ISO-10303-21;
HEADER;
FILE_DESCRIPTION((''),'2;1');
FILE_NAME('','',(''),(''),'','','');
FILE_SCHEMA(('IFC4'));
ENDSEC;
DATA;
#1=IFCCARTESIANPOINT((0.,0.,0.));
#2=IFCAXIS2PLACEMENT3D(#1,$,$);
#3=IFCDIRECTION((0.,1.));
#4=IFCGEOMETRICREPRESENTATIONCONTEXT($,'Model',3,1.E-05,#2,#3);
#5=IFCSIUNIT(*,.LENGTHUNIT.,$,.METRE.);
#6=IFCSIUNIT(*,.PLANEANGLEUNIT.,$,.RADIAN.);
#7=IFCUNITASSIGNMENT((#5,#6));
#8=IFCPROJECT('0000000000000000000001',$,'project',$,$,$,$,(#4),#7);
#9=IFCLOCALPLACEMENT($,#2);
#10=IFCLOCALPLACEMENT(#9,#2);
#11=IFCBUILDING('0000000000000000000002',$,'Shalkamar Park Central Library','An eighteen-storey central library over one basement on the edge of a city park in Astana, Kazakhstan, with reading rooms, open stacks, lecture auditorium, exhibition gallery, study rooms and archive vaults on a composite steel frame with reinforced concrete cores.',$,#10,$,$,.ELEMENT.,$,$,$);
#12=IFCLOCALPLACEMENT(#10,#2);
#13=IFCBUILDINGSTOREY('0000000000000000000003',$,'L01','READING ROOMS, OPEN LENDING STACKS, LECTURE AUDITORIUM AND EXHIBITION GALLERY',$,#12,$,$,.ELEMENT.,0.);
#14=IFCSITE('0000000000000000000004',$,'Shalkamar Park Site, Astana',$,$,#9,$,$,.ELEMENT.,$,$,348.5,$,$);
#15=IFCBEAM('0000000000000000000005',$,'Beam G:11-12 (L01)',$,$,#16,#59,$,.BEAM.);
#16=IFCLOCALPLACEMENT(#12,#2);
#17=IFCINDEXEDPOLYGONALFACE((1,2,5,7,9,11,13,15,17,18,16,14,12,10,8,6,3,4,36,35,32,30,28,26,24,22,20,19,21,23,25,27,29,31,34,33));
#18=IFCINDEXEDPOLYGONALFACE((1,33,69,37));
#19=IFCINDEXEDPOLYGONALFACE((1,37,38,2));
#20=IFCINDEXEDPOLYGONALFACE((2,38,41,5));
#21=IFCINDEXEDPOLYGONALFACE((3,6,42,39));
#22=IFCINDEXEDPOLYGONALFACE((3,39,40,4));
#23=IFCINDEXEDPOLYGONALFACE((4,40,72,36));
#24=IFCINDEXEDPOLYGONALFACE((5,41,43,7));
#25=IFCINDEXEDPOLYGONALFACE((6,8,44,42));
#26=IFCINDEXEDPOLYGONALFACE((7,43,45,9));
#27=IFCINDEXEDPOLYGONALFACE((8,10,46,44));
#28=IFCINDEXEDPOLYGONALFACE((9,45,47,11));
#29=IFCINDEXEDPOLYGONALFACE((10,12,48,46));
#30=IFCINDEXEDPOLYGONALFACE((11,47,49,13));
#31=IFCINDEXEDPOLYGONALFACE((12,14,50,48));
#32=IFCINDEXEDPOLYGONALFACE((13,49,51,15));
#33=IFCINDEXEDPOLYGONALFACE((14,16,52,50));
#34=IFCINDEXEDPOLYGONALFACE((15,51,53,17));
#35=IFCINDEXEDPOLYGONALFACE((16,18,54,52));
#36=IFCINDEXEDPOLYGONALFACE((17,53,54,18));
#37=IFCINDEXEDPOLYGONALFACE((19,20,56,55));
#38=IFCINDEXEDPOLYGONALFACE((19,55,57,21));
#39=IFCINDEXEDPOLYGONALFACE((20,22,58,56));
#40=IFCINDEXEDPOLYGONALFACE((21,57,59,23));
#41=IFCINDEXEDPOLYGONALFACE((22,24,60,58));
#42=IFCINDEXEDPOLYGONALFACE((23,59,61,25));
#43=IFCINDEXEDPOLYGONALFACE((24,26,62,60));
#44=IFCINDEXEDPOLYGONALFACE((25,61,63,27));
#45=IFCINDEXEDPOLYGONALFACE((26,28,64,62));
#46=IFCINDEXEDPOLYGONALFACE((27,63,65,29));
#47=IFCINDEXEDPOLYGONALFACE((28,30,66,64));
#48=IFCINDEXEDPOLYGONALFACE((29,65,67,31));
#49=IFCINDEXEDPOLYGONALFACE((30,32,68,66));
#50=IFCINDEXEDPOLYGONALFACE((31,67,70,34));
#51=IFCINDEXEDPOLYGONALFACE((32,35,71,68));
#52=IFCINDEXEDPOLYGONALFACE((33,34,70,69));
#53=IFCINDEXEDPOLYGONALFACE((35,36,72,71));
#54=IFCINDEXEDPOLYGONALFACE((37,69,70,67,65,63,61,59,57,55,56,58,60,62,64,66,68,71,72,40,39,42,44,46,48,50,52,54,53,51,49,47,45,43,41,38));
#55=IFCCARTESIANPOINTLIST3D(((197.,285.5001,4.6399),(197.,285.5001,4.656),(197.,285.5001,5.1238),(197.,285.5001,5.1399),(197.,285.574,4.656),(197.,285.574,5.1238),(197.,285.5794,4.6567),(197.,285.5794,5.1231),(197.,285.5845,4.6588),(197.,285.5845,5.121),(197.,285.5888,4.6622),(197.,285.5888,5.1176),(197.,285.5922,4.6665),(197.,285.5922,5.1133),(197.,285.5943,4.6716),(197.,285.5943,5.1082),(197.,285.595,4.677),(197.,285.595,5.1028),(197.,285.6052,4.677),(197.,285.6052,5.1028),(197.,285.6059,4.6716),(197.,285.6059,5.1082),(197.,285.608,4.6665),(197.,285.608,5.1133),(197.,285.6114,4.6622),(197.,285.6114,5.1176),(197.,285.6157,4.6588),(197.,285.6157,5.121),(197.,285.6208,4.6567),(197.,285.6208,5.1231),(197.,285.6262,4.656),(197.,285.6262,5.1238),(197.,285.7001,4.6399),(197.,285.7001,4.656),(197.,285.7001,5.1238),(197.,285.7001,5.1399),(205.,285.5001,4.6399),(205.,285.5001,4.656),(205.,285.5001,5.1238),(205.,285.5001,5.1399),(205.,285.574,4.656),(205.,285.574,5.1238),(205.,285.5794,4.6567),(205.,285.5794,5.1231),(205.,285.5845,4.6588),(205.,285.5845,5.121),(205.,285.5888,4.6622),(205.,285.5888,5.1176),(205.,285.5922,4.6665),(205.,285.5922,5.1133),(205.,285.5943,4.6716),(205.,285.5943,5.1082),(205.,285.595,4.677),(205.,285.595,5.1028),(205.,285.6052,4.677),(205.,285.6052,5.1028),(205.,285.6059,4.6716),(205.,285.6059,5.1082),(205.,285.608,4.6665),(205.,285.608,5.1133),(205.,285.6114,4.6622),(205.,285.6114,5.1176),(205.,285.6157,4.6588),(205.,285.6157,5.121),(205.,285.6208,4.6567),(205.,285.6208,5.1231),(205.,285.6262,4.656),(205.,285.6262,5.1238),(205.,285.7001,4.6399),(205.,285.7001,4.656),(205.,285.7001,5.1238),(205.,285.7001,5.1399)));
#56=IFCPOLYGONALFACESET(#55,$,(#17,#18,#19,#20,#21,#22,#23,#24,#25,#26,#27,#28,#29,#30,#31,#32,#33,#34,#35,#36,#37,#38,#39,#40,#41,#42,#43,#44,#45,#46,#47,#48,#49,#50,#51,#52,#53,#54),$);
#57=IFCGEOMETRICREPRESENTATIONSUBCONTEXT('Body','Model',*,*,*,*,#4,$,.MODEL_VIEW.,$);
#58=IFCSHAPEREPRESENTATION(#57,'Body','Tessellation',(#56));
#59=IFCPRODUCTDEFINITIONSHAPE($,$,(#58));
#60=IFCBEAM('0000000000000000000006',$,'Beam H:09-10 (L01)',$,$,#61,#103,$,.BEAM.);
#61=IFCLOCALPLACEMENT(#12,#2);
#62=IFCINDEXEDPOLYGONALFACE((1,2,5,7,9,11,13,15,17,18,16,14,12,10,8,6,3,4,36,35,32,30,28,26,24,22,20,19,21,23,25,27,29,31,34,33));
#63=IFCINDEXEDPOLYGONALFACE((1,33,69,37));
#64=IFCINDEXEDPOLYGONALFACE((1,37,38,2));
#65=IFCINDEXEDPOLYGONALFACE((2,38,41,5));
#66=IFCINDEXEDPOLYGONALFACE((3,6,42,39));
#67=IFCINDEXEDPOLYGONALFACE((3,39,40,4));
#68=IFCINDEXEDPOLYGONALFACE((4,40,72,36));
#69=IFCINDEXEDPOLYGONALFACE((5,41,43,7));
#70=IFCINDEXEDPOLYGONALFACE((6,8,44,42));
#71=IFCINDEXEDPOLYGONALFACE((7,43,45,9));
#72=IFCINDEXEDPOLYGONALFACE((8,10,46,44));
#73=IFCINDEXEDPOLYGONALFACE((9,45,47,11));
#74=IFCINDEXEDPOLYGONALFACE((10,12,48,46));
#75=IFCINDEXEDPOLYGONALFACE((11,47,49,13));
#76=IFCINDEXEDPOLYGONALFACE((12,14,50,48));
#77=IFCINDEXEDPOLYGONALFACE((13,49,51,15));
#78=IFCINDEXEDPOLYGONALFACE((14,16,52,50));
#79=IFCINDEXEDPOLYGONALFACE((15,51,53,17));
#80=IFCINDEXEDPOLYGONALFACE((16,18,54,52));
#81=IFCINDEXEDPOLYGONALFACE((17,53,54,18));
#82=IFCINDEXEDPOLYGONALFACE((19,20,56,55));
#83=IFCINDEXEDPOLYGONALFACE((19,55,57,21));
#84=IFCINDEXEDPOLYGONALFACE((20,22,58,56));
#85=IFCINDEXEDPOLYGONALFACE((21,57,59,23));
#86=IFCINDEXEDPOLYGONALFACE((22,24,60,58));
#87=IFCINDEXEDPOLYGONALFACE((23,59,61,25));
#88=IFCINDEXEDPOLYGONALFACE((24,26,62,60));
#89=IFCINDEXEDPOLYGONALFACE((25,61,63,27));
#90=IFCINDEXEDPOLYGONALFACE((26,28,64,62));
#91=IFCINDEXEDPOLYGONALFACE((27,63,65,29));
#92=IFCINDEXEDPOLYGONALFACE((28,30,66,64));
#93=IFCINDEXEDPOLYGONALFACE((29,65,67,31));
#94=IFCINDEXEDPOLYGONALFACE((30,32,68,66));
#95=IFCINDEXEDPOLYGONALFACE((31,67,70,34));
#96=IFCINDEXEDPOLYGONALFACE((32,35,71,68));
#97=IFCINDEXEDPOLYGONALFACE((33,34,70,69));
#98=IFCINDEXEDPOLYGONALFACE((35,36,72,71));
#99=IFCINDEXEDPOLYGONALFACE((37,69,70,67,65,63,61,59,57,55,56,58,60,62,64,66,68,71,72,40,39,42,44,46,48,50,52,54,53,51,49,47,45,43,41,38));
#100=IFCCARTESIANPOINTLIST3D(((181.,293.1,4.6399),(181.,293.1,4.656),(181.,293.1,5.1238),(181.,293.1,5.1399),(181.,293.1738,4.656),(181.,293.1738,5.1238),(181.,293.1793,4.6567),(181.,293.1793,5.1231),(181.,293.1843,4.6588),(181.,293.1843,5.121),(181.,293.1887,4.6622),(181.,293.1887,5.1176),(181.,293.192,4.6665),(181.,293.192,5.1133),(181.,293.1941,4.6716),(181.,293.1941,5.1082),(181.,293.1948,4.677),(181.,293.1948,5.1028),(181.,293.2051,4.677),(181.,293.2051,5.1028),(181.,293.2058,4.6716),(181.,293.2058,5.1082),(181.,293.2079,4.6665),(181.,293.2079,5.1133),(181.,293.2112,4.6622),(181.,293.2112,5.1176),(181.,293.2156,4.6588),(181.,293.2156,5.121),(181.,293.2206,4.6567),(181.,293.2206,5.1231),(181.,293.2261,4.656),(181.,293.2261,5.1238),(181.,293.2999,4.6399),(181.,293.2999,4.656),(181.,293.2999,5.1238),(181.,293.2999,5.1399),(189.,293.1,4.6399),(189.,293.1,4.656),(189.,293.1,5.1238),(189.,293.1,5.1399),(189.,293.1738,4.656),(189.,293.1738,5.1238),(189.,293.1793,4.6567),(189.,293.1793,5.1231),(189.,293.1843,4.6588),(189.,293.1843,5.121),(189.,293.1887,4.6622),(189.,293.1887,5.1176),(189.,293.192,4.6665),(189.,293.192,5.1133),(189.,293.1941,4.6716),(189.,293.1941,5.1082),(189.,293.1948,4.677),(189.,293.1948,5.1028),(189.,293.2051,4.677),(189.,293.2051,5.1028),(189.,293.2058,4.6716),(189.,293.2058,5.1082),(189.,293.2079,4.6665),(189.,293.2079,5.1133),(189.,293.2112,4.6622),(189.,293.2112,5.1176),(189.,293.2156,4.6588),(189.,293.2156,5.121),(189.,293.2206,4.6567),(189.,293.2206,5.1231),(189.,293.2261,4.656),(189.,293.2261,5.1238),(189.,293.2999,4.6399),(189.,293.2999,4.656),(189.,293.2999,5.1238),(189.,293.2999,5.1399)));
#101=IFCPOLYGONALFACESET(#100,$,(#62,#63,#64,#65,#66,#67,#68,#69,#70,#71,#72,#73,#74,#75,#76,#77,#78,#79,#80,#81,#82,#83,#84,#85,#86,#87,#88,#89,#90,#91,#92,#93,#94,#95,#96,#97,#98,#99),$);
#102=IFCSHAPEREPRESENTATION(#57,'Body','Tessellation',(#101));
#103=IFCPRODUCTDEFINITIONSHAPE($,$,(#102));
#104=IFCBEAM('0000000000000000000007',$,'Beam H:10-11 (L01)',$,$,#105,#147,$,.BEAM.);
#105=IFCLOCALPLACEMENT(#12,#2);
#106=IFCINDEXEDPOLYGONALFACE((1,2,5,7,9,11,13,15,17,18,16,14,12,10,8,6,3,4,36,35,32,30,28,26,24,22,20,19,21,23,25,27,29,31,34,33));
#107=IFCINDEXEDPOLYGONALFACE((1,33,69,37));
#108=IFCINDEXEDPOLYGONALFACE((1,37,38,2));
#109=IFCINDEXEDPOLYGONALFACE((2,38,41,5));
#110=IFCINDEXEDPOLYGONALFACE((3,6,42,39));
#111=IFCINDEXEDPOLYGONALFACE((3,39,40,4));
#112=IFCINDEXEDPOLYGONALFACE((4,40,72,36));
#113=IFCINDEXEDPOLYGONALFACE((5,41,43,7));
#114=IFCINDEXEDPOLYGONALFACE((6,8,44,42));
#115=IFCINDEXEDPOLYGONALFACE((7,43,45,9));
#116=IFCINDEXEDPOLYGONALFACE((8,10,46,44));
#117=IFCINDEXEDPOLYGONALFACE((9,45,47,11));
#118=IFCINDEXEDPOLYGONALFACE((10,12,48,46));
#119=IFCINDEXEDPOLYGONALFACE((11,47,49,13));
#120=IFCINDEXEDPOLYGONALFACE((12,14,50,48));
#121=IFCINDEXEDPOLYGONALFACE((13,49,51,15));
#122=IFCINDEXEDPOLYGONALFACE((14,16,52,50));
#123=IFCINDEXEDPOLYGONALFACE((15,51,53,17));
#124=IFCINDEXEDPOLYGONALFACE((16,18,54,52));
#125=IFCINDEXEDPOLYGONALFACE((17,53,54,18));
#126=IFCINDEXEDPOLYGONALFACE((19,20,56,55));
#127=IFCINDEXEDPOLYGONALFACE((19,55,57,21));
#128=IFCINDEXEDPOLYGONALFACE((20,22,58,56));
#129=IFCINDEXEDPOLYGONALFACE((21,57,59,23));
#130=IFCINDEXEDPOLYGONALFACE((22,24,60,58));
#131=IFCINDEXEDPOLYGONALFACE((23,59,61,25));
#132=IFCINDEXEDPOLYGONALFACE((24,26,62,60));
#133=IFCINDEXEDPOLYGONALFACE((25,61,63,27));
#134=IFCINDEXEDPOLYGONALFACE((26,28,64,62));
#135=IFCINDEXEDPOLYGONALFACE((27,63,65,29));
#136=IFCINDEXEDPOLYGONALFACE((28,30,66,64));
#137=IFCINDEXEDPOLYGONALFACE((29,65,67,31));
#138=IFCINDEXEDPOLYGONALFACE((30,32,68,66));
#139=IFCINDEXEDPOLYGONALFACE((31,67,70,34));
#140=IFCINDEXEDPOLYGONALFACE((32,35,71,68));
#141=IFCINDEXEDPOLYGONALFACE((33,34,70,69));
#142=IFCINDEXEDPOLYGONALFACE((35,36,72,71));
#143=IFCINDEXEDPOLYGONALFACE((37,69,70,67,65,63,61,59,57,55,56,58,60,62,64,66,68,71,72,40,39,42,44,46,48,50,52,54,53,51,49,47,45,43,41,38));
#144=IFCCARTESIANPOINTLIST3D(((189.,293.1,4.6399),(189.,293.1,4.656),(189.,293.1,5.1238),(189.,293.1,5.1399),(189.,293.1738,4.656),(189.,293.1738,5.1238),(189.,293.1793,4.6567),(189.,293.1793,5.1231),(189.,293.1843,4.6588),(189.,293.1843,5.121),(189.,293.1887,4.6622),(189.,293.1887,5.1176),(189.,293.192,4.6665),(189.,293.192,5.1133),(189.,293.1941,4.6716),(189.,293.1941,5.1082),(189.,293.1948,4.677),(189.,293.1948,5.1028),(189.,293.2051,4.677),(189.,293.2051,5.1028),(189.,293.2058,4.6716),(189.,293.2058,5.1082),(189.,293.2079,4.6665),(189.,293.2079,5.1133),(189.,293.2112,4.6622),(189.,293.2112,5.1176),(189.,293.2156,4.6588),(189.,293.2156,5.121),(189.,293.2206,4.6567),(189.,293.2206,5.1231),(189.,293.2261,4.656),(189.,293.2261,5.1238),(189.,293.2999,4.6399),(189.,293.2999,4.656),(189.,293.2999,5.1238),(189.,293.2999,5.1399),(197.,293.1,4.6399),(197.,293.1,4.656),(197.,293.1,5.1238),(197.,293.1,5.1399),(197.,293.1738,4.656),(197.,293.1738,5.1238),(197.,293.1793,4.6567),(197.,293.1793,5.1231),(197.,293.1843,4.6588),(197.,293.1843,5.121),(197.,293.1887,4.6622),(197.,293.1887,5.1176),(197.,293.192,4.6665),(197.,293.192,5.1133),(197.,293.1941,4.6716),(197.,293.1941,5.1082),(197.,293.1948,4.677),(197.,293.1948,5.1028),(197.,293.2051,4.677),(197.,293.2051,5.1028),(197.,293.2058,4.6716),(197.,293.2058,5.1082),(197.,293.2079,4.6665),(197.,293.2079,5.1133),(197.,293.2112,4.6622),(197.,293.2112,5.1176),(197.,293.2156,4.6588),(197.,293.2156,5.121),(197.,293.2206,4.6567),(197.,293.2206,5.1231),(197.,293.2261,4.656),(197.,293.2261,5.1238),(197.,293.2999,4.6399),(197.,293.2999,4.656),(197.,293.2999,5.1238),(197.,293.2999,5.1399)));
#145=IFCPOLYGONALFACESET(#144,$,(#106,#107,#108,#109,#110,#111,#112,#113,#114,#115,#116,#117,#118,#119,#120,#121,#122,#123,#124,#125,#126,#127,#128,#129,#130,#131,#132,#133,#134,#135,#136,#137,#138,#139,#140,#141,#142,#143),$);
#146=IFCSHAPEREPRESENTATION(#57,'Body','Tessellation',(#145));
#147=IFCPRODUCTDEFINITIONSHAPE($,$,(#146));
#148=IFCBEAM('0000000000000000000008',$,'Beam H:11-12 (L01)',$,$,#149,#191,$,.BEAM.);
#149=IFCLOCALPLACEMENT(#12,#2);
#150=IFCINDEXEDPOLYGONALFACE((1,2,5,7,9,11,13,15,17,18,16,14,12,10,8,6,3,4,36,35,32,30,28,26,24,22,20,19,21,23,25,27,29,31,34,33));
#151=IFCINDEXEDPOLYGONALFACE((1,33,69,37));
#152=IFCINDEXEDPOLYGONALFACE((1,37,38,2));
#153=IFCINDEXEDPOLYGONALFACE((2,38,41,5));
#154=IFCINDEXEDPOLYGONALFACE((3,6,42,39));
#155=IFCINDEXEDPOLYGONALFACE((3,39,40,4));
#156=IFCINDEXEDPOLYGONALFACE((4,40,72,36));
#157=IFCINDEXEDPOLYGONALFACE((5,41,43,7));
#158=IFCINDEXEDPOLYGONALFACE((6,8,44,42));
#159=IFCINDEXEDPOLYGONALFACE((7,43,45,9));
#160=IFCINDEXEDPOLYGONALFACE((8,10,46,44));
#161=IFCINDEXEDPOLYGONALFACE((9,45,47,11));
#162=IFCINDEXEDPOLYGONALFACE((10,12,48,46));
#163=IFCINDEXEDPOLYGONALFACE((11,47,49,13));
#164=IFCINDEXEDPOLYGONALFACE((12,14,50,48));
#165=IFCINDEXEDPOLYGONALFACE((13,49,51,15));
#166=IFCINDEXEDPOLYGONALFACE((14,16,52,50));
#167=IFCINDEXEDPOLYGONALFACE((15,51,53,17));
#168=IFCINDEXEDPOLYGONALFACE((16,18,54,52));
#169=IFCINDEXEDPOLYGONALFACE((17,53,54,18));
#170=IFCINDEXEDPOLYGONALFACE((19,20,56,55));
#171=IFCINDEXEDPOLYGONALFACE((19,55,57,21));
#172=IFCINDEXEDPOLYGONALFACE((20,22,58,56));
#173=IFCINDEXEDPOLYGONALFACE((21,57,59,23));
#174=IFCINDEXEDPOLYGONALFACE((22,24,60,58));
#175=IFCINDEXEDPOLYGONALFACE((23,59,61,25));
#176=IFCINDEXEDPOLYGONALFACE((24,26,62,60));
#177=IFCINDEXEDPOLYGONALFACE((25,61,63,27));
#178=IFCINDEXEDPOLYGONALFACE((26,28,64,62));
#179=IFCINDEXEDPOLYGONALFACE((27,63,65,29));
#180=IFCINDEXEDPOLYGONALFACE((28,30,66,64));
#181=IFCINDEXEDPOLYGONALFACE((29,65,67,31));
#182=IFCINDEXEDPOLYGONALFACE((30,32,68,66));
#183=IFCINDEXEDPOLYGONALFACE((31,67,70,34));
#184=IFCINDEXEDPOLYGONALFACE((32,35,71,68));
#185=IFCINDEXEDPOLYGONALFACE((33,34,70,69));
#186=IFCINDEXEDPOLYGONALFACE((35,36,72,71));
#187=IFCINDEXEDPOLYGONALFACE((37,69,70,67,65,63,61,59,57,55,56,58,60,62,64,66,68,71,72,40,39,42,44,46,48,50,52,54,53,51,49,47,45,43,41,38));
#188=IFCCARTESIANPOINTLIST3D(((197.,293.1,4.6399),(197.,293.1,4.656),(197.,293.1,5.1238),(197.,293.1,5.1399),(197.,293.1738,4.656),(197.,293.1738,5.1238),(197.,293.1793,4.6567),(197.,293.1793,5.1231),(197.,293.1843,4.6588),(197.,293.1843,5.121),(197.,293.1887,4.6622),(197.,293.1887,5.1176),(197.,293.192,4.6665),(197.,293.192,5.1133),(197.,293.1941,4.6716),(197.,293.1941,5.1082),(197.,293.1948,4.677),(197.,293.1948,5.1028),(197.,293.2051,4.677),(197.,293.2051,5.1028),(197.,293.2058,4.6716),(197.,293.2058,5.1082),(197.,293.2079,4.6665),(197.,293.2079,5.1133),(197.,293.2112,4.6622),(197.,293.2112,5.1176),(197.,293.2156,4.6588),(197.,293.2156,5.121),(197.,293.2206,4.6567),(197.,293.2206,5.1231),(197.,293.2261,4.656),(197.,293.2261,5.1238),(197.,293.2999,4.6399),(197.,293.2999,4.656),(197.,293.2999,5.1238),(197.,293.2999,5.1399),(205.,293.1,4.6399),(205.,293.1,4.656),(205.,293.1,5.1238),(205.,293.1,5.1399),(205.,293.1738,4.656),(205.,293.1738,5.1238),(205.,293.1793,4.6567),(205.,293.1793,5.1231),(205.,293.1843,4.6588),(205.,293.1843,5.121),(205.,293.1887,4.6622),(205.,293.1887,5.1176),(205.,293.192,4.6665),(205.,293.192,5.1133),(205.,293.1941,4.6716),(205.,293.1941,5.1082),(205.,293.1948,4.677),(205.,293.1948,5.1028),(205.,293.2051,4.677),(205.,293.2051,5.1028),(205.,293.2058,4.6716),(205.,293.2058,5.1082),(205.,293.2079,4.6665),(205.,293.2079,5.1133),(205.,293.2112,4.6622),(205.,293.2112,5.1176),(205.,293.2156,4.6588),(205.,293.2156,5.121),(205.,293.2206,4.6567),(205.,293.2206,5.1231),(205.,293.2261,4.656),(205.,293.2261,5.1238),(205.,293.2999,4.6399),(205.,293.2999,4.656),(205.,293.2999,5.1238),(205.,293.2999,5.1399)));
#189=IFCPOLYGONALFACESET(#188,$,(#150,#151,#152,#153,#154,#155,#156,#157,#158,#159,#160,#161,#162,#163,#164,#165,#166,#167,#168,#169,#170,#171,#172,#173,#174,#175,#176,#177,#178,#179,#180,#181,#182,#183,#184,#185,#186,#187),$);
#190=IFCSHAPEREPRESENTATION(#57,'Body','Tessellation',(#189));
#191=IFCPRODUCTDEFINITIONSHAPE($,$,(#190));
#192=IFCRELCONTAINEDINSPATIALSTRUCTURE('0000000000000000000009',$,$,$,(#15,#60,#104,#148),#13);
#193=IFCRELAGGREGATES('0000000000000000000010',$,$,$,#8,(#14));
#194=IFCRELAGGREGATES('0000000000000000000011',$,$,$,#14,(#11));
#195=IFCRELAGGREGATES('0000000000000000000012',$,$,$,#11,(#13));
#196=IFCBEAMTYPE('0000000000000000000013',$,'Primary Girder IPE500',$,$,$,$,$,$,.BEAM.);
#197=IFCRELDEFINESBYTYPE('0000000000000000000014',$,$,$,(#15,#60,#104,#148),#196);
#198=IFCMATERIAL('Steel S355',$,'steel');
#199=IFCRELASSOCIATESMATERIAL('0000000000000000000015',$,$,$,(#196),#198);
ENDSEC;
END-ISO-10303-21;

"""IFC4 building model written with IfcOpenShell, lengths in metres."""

from ifc_helpers import new_model, si_unit, direction, frame, origin, origin_2d, place, context, subcontext, project, spatial, i_section, extrude, material, material_profile, profile_set, type_object, element, save


model = new_model("IFC4")

# Units and contexts
model_context = context("Model", 3, precision=1e-05, world=origin(), true_north=direction((0.0, 1.0)))
body_context = subcontext(model_context, "Body", "Model", "MODEL_VIEW")
ifc_project = project(units=[si_unit("LENGTHUNIT", "METRE"), si_unit("PLANEANGLEUNIT", "RADIAN")], contexts=[model_context])

# Site, building, storey
site_placement = place(None, origin())
site = spatial("IfcSite", under=ifc_project, at=site_placement, Name="Shalkamar Park Site, Astana", CompositionType="ELEMENT", RefElevation=348.5)
building_placement = place(site_placement, origin())
building = spatial("IfcBuilding", under=site, at=building_placement, Name="Shalkamar Park Central Library", Description="An eighteen-storey central library over one basement on the edge of a city park in Astana, Kazakhstan, with reading rooms, open stacks, lecture auditorium, exhibition gallery, study rooms and archive vaults on a composite steel frame with reinforced concrete cores.", CompositionType="ELEMENT")
storey_placement = place(building_placement, origin())
storey = spatial("IfcBuildingStorey", under=building, at=storey_placement, Name="L01", Description="READING ROOMS, OPEN LENDING STACKS, LECTURE AUDITORIUM AND EXHIBITION GALLERY", CompositionType="ELEMENT", Elevation=0.0)

# Shared definitions
ifc_material = material(Name="Steel S355", Category="steel")

# Beams
ifc_material_profile_1 = material_profile(ifc_material, i_section(OverallWidth=0.2, OverallDepth=0.5, WebThickness=0.0103, FlangeThickness=0.0161, FilletRadius=0.021, at=origin_2d()), Name="IPE 500")
ifc_profile_set_1 = profile_set([ifc_material_profile_1], Name="Steel S355")
beam_type_1 = type_object("IfcBeamType", Name="Primary Girder IPE500", PredefinedType="BEAM", material=ifc_profile_set_1)
for number, where, z_axis, x_axis, name in (
    (1, (197.0, 285.6001, 4.8899), (1.0, 0.0, 0.0), (0.0, 1.0, 0.0), "Beam G:11-12 (L01)"),
    (2, (181.0, 293.2, 4.8899), (1.0, 0.0, 0.0), (0.0, 1.0, 0.0), "Beam H:09-10 (L01)"),
    (3, (189.0, 293.2, 4.8899), (1.0, 0.0, 0.0), (0.0, 1.0, 0.0), "Beam H:10-11 (L01)"),
    (4, (197.0, 293.2, 4.8899), (1.0, 0.0, 0.0), (0.0, 1.0, 0.0), "Beam H:11-12 (L01)"),
):
    element("IfcBeam", number, at=place(storey_placement, frame(where, z_axis=z_axis, x_axis=x_axis)), inside=storey, type_object=beam_type_1, Name=name, PredefinedType="BEAM", context=body_context, shape_type="SweptSolid", body=[
        extrude(i_section(OverallWidth=0.2, OverallDepth=0.5, WebThickness=0.0103, FlangeThickness=0.0161, FilletRadius=0.021, at=origin_2d()), origin(), (0.0, 0.0, 1.0), 8.0),
    ])

save(model, "model.ifc")
